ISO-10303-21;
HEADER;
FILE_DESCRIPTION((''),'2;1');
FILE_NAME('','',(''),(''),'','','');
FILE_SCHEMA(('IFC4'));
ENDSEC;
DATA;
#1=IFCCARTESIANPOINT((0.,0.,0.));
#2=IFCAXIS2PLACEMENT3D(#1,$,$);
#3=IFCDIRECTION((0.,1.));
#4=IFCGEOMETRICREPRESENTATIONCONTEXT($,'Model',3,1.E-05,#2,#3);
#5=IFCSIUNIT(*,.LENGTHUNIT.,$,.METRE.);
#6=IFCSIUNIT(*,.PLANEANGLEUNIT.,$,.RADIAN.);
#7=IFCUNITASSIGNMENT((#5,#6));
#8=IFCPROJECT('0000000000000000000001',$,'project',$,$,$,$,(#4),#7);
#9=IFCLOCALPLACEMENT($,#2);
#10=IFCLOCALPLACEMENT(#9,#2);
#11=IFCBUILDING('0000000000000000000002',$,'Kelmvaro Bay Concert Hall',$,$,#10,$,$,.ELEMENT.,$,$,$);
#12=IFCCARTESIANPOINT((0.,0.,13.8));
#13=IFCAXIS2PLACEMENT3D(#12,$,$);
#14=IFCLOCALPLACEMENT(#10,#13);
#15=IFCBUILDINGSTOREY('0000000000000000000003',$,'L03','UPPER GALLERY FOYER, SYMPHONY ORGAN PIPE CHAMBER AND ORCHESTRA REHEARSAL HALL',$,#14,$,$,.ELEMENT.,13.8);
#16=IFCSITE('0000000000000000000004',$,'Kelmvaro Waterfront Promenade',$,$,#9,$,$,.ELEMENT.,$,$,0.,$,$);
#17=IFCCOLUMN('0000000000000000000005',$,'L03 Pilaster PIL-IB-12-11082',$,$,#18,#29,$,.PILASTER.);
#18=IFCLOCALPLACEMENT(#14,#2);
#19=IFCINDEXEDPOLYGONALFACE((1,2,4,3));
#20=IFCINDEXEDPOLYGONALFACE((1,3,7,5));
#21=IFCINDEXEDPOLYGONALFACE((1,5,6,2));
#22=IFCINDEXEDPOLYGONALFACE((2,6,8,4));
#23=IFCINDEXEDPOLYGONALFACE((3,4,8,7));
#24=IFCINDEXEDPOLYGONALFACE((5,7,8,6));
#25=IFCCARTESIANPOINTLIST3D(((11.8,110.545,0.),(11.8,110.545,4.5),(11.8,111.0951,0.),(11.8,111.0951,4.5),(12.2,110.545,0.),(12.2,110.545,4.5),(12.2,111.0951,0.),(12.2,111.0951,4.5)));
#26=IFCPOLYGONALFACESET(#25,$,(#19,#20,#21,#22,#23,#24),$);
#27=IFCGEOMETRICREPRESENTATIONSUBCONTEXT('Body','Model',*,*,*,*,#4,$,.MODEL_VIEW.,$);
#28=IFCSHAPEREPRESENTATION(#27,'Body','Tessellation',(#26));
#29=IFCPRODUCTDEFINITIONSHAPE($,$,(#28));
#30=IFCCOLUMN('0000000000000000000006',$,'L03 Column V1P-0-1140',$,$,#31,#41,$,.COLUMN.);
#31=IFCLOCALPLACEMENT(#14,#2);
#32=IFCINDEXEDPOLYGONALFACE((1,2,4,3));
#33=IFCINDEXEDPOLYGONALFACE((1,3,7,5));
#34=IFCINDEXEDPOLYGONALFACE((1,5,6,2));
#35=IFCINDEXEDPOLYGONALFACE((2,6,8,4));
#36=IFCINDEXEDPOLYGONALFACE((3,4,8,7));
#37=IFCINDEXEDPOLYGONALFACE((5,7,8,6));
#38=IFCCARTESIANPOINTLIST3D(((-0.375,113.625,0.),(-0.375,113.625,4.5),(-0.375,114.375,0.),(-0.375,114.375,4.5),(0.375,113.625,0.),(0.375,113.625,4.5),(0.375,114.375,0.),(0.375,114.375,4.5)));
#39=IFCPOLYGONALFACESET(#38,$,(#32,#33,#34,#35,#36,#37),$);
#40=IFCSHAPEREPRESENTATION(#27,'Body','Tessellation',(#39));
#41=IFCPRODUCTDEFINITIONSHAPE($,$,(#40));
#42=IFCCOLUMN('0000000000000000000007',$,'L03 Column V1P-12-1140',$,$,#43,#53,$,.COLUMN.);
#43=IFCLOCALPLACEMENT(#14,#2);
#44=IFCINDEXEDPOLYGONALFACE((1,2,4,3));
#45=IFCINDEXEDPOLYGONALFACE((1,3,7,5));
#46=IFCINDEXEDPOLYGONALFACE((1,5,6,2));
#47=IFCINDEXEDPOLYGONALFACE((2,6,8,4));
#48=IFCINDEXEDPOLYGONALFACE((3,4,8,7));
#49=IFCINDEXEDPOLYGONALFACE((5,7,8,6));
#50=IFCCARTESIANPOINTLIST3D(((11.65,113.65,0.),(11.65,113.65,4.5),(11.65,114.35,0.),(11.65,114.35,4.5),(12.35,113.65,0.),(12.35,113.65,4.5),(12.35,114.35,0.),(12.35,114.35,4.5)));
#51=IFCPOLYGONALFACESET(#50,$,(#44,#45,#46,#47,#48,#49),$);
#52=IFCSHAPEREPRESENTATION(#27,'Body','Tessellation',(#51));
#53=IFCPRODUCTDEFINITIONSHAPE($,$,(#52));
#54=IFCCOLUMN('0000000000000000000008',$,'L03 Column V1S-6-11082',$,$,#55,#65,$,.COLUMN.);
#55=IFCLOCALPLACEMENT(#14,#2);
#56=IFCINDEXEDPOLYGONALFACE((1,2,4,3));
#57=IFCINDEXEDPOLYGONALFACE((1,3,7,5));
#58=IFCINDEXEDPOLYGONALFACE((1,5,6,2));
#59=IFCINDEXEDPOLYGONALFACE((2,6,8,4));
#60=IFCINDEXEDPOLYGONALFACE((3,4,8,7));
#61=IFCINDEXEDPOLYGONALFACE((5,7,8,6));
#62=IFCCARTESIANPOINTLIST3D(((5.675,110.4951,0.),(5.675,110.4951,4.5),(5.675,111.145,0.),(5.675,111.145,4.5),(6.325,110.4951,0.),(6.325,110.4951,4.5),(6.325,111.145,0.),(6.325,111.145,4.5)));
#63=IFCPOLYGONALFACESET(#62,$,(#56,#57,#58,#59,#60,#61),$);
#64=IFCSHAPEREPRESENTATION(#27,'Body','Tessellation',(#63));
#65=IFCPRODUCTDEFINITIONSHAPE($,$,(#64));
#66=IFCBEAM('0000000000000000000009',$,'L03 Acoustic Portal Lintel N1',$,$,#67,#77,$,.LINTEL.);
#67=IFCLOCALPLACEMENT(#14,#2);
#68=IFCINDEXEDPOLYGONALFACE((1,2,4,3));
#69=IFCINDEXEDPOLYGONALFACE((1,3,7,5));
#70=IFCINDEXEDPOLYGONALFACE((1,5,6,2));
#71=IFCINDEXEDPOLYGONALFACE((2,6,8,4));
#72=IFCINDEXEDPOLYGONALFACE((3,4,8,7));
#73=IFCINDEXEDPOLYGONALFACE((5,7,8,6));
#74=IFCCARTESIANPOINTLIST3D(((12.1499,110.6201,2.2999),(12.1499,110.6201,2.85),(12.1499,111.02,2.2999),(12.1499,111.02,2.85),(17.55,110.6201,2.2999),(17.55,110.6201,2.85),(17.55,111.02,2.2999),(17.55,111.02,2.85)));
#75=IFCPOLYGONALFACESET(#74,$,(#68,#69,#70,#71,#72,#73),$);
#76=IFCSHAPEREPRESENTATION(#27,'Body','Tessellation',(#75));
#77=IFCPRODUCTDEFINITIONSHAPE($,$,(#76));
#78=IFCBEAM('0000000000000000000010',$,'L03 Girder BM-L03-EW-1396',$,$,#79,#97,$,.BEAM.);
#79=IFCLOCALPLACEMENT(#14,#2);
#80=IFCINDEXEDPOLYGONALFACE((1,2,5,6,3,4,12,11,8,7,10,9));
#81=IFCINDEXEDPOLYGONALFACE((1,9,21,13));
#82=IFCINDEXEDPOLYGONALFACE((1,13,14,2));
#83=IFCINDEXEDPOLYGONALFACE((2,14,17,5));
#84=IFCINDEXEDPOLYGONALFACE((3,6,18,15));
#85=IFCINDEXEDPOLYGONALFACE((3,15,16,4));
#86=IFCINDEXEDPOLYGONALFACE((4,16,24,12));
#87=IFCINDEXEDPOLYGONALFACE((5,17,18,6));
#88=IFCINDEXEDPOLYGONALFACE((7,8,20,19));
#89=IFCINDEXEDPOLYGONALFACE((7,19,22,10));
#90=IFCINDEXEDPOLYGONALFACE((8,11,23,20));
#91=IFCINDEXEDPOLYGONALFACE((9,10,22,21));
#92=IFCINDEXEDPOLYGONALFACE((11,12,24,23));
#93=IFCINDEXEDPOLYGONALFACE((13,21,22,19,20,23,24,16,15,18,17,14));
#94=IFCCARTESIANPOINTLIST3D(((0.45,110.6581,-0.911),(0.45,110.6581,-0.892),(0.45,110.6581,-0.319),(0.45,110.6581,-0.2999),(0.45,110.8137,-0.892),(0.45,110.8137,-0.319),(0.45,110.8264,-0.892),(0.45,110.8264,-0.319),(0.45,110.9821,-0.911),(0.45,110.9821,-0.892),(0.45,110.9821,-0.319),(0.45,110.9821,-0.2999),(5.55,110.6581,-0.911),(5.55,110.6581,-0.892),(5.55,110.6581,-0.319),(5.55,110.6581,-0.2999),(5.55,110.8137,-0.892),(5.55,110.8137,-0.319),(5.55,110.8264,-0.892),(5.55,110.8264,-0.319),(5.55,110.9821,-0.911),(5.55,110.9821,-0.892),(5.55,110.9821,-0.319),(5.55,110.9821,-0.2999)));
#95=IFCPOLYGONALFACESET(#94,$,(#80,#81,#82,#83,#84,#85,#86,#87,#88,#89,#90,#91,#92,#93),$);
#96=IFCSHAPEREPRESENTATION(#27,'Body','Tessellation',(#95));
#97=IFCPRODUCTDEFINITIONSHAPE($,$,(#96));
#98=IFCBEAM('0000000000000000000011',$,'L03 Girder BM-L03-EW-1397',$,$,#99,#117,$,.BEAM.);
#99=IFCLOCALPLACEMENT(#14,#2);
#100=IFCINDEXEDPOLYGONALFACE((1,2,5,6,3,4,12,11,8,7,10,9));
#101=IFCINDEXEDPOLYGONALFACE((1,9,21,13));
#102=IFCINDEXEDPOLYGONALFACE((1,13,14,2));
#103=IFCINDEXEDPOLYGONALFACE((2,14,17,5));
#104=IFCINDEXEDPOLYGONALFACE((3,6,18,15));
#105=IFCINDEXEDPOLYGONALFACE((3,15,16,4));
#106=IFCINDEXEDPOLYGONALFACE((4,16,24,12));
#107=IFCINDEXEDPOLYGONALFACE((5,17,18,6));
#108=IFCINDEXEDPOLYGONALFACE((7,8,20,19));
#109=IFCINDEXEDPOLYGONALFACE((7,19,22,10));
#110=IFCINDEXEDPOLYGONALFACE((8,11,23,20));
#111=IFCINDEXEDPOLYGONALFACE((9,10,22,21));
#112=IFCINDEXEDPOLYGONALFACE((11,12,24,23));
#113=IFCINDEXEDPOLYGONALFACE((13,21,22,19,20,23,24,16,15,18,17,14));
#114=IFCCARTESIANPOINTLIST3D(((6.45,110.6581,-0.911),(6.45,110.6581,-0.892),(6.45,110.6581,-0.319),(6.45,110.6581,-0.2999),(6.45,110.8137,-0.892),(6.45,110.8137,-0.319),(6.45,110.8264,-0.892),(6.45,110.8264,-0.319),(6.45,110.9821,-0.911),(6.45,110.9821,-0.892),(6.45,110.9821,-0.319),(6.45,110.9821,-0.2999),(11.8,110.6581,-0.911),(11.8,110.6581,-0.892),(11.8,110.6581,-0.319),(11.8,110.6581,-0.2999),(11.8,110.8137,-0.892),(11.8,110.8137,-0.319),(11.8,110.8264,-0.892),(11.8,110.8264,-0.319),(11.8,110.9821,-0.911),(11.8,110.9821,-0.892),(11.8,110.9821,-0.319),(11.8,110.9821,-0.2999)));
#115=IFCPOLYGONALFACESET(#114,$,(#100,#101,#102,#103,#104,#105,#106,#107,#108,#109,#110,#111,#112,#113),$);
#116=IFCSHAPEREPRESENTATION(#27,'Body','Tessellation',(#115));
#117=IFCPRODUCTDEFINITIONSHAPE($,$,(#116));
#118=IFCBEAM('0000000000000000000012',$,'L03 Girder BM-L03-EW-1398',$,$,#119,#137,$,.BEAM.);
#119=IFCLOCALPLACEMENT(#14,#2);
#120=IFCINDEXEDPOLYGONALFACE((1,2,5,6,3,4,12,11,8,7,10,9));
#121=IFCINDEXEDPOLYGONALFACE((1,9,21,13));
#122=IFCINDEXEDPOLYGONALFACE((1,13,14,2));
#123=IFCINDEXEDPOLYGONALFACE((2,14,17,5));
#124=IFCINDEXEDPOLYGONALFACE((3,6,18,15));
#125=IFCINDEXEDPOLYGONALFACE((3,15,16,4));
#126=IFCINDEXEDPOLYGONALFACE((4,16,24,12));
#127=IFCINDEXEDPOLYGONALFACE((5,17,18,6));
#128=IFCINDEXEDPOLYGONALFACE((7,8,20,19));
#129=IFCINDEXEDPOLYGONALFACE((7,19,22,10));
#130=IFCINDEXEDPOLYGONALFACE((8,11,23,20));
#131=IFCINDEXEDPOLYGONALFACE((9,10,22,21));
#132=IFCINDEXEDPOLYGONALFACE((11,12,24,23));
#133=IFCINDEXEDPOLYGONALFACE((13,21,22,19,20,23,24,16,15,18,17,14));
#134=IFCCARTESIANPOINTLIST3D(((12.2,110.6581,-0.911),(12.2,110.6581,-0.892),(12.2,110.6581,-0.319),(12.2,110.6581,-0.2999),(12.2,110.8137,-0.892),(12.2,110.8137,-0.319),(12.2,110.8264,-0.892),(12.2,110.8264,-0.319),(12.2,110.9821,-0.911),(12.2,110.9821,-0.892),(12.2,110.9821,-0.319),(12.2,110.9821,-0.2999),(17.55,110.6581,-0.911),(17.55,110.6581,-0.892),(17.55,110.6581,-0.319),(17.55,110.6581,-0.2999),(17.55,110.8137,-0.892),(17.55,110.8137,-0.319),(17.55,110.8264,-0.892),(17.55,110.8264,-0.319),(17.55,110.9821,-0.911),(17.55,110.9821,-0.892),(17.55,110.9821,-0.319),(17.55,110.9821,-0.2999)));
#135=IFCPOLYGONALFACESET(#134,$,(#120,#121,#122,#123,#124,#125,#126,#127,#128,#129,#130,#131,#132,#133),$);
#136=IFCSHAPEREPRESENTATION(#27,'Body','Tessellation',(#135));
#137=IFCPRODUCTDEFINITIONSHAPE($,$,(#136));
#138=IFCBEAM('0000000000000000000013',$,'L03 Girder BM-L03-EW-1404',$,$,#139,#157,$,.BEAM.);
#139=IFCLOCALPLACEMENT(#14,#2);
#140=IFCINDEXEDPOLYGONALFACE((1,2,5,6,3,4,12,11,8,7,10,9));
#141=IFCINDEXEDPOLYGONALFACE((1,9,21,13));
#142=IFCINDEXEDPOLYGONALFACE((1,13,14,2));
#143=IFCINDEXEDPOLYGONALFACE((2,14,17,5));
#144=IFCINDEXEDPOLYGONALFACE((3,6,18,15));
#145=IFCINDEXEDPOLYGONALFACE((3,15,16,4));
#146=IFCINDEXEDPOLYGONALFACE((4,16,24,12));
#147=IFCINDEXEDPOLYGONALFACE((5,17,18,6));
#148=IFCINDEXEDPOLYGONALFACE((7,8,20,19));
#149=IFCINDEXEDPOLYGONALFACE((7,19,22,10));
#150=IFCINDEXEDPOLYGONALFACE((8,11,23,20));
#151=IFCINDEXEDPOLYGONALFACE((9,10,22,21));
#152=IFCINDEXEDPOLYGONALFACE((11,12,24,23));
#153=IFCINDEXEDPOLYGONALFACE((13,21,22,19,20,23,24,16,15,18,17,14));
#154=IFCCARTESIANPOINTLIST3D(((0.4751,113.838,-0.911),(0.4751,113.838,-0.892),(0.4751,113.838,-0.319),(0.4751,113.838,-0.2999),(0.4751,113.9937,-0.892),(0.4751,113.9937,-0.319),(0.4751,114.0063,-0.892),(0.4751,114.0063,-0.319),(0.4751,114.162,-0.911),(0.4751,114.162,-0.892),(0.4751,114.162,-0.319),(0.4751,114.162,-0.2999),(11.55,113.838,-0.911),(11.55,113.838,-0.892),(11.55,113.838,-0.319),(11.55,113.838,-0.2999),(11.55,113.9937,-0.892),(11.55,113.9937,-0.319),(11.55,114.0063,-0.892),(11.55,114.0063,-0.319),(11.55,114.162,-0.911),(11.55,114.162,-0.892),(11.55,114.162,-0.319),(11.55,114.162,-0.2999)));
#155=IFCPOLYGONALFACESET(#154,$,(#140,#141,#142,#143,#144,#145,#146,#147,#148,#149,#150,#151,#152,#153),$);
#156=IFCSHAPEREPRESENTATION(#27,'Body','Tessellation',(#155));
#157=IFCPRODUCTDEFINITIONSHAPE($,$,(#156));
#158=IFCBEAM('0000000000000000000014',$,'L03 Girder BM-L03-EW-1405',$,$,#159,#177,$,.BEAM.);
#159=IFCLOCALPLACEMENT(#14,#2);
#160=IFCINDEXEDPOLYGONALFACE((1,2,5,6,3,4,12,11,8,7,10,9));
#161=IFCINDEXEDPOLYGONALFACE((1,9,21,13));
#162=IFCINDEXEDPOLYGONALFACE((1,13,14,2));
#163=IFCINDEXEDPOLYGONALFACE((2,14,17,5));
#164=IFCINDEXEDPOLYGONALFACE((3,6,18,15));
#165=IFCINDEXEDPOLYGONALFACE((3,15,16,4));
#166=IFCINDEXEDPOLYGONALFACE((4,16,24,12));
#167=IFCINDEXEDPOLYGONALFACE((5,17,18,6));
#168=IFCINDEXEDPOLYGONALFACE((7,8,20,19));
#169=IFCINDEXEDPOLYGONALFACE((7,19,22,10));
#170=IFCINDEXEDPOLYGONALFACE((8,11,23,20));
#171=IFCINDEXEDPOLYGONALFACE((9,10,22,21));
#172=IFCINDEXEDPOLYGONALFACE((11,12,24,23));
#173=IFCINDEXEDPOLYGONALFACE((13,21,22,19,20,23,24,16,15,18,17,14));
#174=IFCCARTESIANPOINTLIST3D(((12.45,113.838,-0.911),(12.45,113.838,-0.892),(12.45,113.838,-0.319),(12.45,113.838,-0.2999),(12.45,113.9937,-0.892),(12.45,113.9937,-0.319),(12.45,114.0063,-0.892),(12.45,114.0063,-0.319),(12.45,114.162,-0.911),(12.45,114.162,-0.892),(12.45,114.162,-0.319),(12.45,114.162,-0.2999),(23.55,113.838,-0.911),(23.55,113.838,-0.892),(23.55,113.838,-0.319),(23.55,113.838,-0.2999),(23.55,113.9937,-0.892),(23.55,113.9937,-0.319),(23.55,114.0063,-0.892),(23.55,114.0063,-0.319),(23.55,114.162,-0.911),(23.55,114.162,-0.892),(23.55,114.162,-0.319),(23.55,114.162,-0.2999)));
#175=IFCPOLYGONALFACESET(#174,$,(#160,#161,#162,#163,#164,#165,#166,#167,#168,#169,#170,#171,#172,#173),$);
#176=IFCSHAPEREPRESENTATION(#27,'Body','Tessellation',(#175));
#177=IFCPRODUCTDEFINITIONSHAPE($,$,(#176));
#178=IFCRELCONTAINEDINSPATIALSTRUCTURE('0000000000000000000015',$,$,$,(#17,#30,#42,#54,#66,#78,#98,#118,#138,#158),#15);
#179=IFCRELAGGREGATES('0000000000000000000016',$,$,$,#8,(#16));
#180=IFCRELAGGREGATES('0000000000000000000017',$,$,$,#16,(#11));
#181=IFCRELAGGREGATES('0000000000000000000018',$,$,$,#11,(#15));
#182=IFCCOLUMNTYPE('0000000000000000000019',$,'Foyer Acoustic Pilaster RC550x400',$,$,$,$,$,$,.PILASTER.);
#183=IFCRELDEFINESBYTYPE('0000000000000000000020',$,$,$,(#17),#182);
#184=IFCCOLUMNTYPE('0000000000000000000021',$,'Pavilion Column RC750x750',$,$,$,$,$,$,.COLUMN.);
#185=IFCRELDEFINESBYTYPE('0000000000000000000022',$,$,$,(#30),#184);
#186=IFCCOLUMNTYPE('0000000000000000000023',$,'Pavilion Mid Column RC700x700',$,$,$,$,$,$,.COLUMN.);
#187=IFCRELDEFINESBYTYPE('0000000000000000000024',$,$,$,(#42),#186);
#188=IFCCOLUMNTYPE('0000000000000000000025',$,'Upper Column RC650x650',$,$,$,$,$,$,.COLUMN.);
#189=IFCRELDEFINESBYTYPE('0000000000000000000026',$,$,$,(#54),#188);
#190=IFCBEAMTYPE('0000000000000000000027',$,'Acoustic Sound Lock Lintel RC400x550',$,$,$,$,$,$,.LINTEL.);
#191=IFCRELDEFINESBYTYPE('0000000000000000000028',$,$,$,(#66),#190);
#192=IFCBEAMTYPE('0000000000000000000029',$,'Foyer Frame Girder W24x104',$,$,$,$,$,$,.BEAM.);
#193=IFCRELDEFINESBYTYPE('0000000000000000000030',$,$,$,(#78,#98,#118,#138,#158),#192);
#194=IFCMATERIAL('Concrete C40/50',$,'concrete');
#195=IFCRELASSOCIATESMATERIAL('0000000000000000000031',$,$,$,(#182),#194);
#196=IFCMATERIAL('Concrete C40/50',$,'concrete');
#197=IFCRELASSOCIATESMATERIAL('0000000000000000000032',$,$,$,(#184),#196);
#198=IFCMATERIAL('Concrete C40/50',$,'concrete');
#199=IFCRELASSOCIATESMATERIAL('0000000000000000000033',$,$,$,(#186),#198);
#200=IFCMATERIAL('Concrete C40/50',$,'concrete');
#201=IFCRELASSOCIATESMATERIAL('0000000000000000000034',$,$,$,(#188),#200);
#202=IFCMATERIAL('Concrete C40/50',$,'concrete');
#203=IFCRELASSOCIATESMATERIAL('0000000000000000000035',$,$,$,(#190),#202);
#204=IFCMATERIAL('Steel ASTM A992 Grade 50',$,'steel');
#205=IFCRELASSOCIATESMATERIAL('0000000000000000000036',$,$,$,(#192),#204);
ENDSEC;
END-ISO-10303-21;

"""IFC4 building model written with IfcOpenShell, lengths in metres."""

from ifc_helpers import new_model, si_unit, direction, frame, origin, origin_2d, place, context, subcontext, project, spatial, rectangle, i_section, extrude, material, material_profile, profile_set, type_object, element, save


model = new_model("IFC4")

# Units and contexts
model_context = context("Model", 3, precision=1e-05, world=origin(), true_north=direction((0.0, 1.0)))
body_context = subcontext(model_context, "Body", "Model", "MODEL_VIEW")
ifc_project = project(units=[si_unit("LENGTHUNIT", "METRE"), si_unit("PLANEANGLEUNIT", "RADIAN")], contexts=[model_context])

# Site, building, storey
site_placement = place(None, origin())
site = spatial("IfcSite", under=ifc_project, at=site_placement, Name="Kelmvaro Waterfront Promenade", CompositionType="ELEMENT", RefElevation=0.0)
building_placement = place(site_placement, origin())
building = spatial("IfcBuilding", under=site, at=building_placement, Name="Kelmvaro Bay Concert Hall", CompositionType="ELEMENT")
storey_placement = place(building_placement, frame((0.0, 0.0, 13.8)))
storey = spatial("IfcBuildingStorey", under=building, at=storey_placement, Name="L03", Description="UPPER GALLERY FOYER, SYMPHONY ORGAN PIPE CHAMBER AND ORCHESTRA REHEARSAL HALL", CompositionType="ELEMENT", Elevation=13.8)

# Columns
ifc_material_1 = material(Name="Concrete C40/50", Category="concrete")
ifc_material_profile_1 = material_profile(ifc_material_1, rectangle(XDim=0.3999, YDim=0.55, at=origin_2d()), Name="RC-PIL-550X400")
ifc_profile_set_1 = profile_set([ifc_material_profile_1], Name="Concrete C40/50")
column_type_1 = type_object("IfcColumnType", Name="Foyer Acoustic Pilaster RC550x400", PredefinedType="PILASTER", material=ifc_profile_set_1)
column_1_placement = place(storey_placement, frame((12.0, 110.8201, 0.0), z_axis=(0.0, 0.0, 1.0), x_axis=(1.0, 0.0, 0.0)))
element("IfcColumn", 1, at=column_1_placement, inside=storey, type_object=column_type_1, Name="L03 Pilaster PIL-IB-12-11082", PredefinedType="PILASTER", context=body_context, shape_type="SweptSolid", body=[
    extrude(rectangle(XDim=0.3999, YDim=0.55, at=origin_2d()), origin(), (0.0, 0.0, 1.0), 4.5),
])
ifc_material_2 = material(Name="Concrete C40/50", Category="concrete")
ifc_material_profile_2 = material_profile(ifc_material_2, rectangle(XDim=0.75, YDim=0.75, at=origin_2d()), Name="RC-COL-750X750")
ifc_profile_set_2 = profile_set([ifc_material_profile_2], Name="Concrete C40/50")
column_type_2 = type_object("IfcColumnType", Name="Pavilion Column RC750x750", PredefinedType="COLUMN", material=ifc_profile_set_2)
column_2_placement = place(storey_placement, frame((0.0, 114.0, 0.0), z_axis=(0.0, 0.0, 1.0), x_axis=(1.0, 0.0, 0.0)))
element("IfcColumn", 2, at=column_2_placement, inside=storey, type_object=column_type_2, Name="L03 Column V1P-0-1140", PredefinedType="COLUMN", context=body_context, shape_type="SweptSolid", body=[
    extrude(rectangle(XDim=0.75, YDim=0.75, at=origin_2d()), origin(), (0.0, 0.0, 1.0), 4.5),
])
ifc_material_3 = material(Name="Concrete C40/50", Category="concrete")
ifc_material_profile_3 = material_profile(ifc_material_3, rectangle(XDim=0.7, YDim=0.7, at=origin_2d()), Name="RC-COL-700X700")
ifc_profile_set_3 = profile_set([ifc_material_profile_3], Name="Concrete C40/50")
column_type_3 = type_object("IfcColumnType", Name="Pavilion Mid Column RC700x700", PredefinedType="COLUMN", material=ifc_profile_set_3)
column_3_placement = place(storey_placement, frame((12.0, 114.0, 0.0), z_axis=(0.0, 0.0, 1.0), x_axis=(1.0, 0.0, 0.0)))
element("IfcColumn", 3, at=column_3_placement, inside=storey, type_object=column_type_3, Name="L03 Column V1P-12-1140", PredefinedType="COLUMN", context=body_context, shape_type="SweptSolid", body=[
    extrude(rectangle(XDim=0.7, YDim=0.7, at=origin_2d()), origin(), (0.0, 0.0, 1.0), 4.5),
])
ifc_material_4 = material(Name="Concrete C40/50", Category="concrete")
ifc_material_profile_4 = material_profile(ifc_material_4, rectangle(XDim=0.6499, YDim=0.6499, at=origin_2d()), Name="RC-COL-650X650")
ifc_profile_set_4 = profile_set([ifc_material_profile_4], Name="Concrete C40/50")
column_type_4 = type_object("IfcColumnType", Name="Upper Column RC650x650", PredefinedType="COLUMN", material=ifc_profile_set_4)
column_4_placement = place(storey_placement, frame((6.0, 110.8201, 0.0), z_axis=(0.0, 0.0, 1.0), x_axis=(1.0, 0.0, 0.0)))
element("IfcColumn", 4, at=column_4_placement, inside=storey, type_object=column_type_4, Name="L03 Column V1S-6-11082", PredefinedType="COLUMN", context=body_context, shape_type="SweptSolid", body=[
    extrude(rectangle(XDim=0.6499, YDim=0.6499, at=origin_2d()), origin(), (0.0, 0.0, 1.0), 4.5),
])

# Beams
ifc_material_5 = material(Name="Concrete C40/50", Category="concrete")
ifc_material_profile_5 = material_profile(ifc_material_5, rectangle(XDim=0.3999, YDim=0.55, at=origin_2d()), Name="RC-LNT-400X550")
ifc_profile_set_5 = profile_set([ifc_material_profile_5], Name="Concrete C40/50")
beam_type_1 = type_object("IfcBeamType", Name="Acoustic Sound Lock Lintel RC400x550", PredefinedType="LINTEL", material=ifc_profile_set_5)
beam_1_placement = place(storey_placement, frame((12.1499, 110.8201, 2.575), z_axis=(1.0, 0.0, 0.0), x_axis=(0.0, 1.0, 0.0)))
element("IfcBeam", 5, at=beam_1_placement, inside=storey, type_object=beam_type_1, Name="L03 Acoustic Portal Lintel N1", PredefinedType="LINTEL", context=body_context, shape_type="SweptSolid", body=[
    extrude(rectangle(XDim=0.3999, YDim=0.55, at=origin_2d()), origin(), (0.0, 0.0, 1.0), 5.4001),
])
ifc_material_6 = material(Name="Steel ASTM A992 Grade 50", Category="steel")
ifc_material_profile_6 = material_profile(ifc_material_6, i_section(OverallWidth=0.324, OverallDepth=0.6111, WebThickness=0.0127, FlangeThickness=0.019, at=origin_2d()), Name="W24X104")
ifc_profile_set_6 = profile_set([ifc_material_profile_6], Name="Steel ASTM A992 Grade 50")
beam_type_2 = type_object("IfcBeamType", Name="Foyer Frame Girder W24x104", PredefinedType="BEAM", material=ifc_profile_set_6)
beam_2_placement = place(storey_placement, frame((0.45, 110.8201, -0.6055), z_axis=(1.0, 0.0, 0.0), x_axis=(0.0, 1.0, 0.0)))
element("IfcBeam", 6, at=beam_2_placement, inside=storey, type_object=beam_type_2, Name="L03 Girder BM-L03-EW-1396", PredefinedType="BEAM", context=body_context, shape_type="SweptSolid", body=[
    extrude(i_section(OverallWidth=0.324, OverallDepth=0.6111, WebThickness=0.0127, FlangeThickness=0.019, at=origin_2d()), origin(), (0.0, 0.0, 1.0), 5.1001),
])
for number, where, z_axis, x_axis, name in (
    (7, (6.45, 110.8201, -0.6055), (1.0, 0.0, 0.0), (0.0, 1.0, 0.0), "L03 Girder BM-L03-EW-1397"),
    (8, (12.2, 110.8201, -0.6055), (1.0, 0.0, 0.0), (0.0, 1.0, 0.0), "L03 Girder BM-L03-EW-1398"),
):
    element("IfcBeam", number, at=place(storey_placement, frame(where, z_axis=z_axis, x_axis=x_axis)), inside=storey, type_object=beam_type_2, Name=name, PredefinedType="BEAM", context=body_context, shape_type="SweptSolid", body=[
        extrude(i_section(OverallWidth=0.324, OverallDepth=0.6111, WebThickness=0.0127, FlangeThickness=0.019, at=origin_2d()), origin(), (0.0, 0.0, 1.0), 5.3501),
    ])
beam_3_placement = place(storey_placement, frame((0.4751, 114.0, -0.6055), z_axis=(1.0, 0.0, 0.0), x_axis=(0.0, 1.0, 0.0)))
element("IfcBeam", 9, at=beam_3_placement, inside=storey, type_object=beam_type_2, Name="L03 Girder BM-L03-EW-1404", PredefinedType="BEAM", context=body_context, shape_type="SweptSolid", body=[
    extrude(i_section(OverallWidth=0.324, OverallDepth=0.6111, WebThickness=0.0127, FlangeThickness=0.019, at=origin_2d()), origin(), (0.0, 0.0, 1.0), 11.075),
])
beam_4_placement = place(storey_placement, frame((12.45, 114.0, -0.6055), z_axis=(1.0, 0.0, 0.0), x_axis=(0.0, 1.0, 0.0)))
element("IfcBeam", 10, at=beam_4_placement, inside=storey, type_object=beam_type_2, Name="L03 Girder BM-L03-EW-1405", PredefinedType="BEAM", context=body_context, shape_type="SweptSolid", body=[
    extrude(i_section(OverallWidth=0.324, OverallDepth=0.6111, WebThickness=0.0127, FlangeThickness=0.019, at=origin_2d()), origin(), (0.0, 0.0, 1.0), 11.1001),
])

save(model, "model.ifc")
